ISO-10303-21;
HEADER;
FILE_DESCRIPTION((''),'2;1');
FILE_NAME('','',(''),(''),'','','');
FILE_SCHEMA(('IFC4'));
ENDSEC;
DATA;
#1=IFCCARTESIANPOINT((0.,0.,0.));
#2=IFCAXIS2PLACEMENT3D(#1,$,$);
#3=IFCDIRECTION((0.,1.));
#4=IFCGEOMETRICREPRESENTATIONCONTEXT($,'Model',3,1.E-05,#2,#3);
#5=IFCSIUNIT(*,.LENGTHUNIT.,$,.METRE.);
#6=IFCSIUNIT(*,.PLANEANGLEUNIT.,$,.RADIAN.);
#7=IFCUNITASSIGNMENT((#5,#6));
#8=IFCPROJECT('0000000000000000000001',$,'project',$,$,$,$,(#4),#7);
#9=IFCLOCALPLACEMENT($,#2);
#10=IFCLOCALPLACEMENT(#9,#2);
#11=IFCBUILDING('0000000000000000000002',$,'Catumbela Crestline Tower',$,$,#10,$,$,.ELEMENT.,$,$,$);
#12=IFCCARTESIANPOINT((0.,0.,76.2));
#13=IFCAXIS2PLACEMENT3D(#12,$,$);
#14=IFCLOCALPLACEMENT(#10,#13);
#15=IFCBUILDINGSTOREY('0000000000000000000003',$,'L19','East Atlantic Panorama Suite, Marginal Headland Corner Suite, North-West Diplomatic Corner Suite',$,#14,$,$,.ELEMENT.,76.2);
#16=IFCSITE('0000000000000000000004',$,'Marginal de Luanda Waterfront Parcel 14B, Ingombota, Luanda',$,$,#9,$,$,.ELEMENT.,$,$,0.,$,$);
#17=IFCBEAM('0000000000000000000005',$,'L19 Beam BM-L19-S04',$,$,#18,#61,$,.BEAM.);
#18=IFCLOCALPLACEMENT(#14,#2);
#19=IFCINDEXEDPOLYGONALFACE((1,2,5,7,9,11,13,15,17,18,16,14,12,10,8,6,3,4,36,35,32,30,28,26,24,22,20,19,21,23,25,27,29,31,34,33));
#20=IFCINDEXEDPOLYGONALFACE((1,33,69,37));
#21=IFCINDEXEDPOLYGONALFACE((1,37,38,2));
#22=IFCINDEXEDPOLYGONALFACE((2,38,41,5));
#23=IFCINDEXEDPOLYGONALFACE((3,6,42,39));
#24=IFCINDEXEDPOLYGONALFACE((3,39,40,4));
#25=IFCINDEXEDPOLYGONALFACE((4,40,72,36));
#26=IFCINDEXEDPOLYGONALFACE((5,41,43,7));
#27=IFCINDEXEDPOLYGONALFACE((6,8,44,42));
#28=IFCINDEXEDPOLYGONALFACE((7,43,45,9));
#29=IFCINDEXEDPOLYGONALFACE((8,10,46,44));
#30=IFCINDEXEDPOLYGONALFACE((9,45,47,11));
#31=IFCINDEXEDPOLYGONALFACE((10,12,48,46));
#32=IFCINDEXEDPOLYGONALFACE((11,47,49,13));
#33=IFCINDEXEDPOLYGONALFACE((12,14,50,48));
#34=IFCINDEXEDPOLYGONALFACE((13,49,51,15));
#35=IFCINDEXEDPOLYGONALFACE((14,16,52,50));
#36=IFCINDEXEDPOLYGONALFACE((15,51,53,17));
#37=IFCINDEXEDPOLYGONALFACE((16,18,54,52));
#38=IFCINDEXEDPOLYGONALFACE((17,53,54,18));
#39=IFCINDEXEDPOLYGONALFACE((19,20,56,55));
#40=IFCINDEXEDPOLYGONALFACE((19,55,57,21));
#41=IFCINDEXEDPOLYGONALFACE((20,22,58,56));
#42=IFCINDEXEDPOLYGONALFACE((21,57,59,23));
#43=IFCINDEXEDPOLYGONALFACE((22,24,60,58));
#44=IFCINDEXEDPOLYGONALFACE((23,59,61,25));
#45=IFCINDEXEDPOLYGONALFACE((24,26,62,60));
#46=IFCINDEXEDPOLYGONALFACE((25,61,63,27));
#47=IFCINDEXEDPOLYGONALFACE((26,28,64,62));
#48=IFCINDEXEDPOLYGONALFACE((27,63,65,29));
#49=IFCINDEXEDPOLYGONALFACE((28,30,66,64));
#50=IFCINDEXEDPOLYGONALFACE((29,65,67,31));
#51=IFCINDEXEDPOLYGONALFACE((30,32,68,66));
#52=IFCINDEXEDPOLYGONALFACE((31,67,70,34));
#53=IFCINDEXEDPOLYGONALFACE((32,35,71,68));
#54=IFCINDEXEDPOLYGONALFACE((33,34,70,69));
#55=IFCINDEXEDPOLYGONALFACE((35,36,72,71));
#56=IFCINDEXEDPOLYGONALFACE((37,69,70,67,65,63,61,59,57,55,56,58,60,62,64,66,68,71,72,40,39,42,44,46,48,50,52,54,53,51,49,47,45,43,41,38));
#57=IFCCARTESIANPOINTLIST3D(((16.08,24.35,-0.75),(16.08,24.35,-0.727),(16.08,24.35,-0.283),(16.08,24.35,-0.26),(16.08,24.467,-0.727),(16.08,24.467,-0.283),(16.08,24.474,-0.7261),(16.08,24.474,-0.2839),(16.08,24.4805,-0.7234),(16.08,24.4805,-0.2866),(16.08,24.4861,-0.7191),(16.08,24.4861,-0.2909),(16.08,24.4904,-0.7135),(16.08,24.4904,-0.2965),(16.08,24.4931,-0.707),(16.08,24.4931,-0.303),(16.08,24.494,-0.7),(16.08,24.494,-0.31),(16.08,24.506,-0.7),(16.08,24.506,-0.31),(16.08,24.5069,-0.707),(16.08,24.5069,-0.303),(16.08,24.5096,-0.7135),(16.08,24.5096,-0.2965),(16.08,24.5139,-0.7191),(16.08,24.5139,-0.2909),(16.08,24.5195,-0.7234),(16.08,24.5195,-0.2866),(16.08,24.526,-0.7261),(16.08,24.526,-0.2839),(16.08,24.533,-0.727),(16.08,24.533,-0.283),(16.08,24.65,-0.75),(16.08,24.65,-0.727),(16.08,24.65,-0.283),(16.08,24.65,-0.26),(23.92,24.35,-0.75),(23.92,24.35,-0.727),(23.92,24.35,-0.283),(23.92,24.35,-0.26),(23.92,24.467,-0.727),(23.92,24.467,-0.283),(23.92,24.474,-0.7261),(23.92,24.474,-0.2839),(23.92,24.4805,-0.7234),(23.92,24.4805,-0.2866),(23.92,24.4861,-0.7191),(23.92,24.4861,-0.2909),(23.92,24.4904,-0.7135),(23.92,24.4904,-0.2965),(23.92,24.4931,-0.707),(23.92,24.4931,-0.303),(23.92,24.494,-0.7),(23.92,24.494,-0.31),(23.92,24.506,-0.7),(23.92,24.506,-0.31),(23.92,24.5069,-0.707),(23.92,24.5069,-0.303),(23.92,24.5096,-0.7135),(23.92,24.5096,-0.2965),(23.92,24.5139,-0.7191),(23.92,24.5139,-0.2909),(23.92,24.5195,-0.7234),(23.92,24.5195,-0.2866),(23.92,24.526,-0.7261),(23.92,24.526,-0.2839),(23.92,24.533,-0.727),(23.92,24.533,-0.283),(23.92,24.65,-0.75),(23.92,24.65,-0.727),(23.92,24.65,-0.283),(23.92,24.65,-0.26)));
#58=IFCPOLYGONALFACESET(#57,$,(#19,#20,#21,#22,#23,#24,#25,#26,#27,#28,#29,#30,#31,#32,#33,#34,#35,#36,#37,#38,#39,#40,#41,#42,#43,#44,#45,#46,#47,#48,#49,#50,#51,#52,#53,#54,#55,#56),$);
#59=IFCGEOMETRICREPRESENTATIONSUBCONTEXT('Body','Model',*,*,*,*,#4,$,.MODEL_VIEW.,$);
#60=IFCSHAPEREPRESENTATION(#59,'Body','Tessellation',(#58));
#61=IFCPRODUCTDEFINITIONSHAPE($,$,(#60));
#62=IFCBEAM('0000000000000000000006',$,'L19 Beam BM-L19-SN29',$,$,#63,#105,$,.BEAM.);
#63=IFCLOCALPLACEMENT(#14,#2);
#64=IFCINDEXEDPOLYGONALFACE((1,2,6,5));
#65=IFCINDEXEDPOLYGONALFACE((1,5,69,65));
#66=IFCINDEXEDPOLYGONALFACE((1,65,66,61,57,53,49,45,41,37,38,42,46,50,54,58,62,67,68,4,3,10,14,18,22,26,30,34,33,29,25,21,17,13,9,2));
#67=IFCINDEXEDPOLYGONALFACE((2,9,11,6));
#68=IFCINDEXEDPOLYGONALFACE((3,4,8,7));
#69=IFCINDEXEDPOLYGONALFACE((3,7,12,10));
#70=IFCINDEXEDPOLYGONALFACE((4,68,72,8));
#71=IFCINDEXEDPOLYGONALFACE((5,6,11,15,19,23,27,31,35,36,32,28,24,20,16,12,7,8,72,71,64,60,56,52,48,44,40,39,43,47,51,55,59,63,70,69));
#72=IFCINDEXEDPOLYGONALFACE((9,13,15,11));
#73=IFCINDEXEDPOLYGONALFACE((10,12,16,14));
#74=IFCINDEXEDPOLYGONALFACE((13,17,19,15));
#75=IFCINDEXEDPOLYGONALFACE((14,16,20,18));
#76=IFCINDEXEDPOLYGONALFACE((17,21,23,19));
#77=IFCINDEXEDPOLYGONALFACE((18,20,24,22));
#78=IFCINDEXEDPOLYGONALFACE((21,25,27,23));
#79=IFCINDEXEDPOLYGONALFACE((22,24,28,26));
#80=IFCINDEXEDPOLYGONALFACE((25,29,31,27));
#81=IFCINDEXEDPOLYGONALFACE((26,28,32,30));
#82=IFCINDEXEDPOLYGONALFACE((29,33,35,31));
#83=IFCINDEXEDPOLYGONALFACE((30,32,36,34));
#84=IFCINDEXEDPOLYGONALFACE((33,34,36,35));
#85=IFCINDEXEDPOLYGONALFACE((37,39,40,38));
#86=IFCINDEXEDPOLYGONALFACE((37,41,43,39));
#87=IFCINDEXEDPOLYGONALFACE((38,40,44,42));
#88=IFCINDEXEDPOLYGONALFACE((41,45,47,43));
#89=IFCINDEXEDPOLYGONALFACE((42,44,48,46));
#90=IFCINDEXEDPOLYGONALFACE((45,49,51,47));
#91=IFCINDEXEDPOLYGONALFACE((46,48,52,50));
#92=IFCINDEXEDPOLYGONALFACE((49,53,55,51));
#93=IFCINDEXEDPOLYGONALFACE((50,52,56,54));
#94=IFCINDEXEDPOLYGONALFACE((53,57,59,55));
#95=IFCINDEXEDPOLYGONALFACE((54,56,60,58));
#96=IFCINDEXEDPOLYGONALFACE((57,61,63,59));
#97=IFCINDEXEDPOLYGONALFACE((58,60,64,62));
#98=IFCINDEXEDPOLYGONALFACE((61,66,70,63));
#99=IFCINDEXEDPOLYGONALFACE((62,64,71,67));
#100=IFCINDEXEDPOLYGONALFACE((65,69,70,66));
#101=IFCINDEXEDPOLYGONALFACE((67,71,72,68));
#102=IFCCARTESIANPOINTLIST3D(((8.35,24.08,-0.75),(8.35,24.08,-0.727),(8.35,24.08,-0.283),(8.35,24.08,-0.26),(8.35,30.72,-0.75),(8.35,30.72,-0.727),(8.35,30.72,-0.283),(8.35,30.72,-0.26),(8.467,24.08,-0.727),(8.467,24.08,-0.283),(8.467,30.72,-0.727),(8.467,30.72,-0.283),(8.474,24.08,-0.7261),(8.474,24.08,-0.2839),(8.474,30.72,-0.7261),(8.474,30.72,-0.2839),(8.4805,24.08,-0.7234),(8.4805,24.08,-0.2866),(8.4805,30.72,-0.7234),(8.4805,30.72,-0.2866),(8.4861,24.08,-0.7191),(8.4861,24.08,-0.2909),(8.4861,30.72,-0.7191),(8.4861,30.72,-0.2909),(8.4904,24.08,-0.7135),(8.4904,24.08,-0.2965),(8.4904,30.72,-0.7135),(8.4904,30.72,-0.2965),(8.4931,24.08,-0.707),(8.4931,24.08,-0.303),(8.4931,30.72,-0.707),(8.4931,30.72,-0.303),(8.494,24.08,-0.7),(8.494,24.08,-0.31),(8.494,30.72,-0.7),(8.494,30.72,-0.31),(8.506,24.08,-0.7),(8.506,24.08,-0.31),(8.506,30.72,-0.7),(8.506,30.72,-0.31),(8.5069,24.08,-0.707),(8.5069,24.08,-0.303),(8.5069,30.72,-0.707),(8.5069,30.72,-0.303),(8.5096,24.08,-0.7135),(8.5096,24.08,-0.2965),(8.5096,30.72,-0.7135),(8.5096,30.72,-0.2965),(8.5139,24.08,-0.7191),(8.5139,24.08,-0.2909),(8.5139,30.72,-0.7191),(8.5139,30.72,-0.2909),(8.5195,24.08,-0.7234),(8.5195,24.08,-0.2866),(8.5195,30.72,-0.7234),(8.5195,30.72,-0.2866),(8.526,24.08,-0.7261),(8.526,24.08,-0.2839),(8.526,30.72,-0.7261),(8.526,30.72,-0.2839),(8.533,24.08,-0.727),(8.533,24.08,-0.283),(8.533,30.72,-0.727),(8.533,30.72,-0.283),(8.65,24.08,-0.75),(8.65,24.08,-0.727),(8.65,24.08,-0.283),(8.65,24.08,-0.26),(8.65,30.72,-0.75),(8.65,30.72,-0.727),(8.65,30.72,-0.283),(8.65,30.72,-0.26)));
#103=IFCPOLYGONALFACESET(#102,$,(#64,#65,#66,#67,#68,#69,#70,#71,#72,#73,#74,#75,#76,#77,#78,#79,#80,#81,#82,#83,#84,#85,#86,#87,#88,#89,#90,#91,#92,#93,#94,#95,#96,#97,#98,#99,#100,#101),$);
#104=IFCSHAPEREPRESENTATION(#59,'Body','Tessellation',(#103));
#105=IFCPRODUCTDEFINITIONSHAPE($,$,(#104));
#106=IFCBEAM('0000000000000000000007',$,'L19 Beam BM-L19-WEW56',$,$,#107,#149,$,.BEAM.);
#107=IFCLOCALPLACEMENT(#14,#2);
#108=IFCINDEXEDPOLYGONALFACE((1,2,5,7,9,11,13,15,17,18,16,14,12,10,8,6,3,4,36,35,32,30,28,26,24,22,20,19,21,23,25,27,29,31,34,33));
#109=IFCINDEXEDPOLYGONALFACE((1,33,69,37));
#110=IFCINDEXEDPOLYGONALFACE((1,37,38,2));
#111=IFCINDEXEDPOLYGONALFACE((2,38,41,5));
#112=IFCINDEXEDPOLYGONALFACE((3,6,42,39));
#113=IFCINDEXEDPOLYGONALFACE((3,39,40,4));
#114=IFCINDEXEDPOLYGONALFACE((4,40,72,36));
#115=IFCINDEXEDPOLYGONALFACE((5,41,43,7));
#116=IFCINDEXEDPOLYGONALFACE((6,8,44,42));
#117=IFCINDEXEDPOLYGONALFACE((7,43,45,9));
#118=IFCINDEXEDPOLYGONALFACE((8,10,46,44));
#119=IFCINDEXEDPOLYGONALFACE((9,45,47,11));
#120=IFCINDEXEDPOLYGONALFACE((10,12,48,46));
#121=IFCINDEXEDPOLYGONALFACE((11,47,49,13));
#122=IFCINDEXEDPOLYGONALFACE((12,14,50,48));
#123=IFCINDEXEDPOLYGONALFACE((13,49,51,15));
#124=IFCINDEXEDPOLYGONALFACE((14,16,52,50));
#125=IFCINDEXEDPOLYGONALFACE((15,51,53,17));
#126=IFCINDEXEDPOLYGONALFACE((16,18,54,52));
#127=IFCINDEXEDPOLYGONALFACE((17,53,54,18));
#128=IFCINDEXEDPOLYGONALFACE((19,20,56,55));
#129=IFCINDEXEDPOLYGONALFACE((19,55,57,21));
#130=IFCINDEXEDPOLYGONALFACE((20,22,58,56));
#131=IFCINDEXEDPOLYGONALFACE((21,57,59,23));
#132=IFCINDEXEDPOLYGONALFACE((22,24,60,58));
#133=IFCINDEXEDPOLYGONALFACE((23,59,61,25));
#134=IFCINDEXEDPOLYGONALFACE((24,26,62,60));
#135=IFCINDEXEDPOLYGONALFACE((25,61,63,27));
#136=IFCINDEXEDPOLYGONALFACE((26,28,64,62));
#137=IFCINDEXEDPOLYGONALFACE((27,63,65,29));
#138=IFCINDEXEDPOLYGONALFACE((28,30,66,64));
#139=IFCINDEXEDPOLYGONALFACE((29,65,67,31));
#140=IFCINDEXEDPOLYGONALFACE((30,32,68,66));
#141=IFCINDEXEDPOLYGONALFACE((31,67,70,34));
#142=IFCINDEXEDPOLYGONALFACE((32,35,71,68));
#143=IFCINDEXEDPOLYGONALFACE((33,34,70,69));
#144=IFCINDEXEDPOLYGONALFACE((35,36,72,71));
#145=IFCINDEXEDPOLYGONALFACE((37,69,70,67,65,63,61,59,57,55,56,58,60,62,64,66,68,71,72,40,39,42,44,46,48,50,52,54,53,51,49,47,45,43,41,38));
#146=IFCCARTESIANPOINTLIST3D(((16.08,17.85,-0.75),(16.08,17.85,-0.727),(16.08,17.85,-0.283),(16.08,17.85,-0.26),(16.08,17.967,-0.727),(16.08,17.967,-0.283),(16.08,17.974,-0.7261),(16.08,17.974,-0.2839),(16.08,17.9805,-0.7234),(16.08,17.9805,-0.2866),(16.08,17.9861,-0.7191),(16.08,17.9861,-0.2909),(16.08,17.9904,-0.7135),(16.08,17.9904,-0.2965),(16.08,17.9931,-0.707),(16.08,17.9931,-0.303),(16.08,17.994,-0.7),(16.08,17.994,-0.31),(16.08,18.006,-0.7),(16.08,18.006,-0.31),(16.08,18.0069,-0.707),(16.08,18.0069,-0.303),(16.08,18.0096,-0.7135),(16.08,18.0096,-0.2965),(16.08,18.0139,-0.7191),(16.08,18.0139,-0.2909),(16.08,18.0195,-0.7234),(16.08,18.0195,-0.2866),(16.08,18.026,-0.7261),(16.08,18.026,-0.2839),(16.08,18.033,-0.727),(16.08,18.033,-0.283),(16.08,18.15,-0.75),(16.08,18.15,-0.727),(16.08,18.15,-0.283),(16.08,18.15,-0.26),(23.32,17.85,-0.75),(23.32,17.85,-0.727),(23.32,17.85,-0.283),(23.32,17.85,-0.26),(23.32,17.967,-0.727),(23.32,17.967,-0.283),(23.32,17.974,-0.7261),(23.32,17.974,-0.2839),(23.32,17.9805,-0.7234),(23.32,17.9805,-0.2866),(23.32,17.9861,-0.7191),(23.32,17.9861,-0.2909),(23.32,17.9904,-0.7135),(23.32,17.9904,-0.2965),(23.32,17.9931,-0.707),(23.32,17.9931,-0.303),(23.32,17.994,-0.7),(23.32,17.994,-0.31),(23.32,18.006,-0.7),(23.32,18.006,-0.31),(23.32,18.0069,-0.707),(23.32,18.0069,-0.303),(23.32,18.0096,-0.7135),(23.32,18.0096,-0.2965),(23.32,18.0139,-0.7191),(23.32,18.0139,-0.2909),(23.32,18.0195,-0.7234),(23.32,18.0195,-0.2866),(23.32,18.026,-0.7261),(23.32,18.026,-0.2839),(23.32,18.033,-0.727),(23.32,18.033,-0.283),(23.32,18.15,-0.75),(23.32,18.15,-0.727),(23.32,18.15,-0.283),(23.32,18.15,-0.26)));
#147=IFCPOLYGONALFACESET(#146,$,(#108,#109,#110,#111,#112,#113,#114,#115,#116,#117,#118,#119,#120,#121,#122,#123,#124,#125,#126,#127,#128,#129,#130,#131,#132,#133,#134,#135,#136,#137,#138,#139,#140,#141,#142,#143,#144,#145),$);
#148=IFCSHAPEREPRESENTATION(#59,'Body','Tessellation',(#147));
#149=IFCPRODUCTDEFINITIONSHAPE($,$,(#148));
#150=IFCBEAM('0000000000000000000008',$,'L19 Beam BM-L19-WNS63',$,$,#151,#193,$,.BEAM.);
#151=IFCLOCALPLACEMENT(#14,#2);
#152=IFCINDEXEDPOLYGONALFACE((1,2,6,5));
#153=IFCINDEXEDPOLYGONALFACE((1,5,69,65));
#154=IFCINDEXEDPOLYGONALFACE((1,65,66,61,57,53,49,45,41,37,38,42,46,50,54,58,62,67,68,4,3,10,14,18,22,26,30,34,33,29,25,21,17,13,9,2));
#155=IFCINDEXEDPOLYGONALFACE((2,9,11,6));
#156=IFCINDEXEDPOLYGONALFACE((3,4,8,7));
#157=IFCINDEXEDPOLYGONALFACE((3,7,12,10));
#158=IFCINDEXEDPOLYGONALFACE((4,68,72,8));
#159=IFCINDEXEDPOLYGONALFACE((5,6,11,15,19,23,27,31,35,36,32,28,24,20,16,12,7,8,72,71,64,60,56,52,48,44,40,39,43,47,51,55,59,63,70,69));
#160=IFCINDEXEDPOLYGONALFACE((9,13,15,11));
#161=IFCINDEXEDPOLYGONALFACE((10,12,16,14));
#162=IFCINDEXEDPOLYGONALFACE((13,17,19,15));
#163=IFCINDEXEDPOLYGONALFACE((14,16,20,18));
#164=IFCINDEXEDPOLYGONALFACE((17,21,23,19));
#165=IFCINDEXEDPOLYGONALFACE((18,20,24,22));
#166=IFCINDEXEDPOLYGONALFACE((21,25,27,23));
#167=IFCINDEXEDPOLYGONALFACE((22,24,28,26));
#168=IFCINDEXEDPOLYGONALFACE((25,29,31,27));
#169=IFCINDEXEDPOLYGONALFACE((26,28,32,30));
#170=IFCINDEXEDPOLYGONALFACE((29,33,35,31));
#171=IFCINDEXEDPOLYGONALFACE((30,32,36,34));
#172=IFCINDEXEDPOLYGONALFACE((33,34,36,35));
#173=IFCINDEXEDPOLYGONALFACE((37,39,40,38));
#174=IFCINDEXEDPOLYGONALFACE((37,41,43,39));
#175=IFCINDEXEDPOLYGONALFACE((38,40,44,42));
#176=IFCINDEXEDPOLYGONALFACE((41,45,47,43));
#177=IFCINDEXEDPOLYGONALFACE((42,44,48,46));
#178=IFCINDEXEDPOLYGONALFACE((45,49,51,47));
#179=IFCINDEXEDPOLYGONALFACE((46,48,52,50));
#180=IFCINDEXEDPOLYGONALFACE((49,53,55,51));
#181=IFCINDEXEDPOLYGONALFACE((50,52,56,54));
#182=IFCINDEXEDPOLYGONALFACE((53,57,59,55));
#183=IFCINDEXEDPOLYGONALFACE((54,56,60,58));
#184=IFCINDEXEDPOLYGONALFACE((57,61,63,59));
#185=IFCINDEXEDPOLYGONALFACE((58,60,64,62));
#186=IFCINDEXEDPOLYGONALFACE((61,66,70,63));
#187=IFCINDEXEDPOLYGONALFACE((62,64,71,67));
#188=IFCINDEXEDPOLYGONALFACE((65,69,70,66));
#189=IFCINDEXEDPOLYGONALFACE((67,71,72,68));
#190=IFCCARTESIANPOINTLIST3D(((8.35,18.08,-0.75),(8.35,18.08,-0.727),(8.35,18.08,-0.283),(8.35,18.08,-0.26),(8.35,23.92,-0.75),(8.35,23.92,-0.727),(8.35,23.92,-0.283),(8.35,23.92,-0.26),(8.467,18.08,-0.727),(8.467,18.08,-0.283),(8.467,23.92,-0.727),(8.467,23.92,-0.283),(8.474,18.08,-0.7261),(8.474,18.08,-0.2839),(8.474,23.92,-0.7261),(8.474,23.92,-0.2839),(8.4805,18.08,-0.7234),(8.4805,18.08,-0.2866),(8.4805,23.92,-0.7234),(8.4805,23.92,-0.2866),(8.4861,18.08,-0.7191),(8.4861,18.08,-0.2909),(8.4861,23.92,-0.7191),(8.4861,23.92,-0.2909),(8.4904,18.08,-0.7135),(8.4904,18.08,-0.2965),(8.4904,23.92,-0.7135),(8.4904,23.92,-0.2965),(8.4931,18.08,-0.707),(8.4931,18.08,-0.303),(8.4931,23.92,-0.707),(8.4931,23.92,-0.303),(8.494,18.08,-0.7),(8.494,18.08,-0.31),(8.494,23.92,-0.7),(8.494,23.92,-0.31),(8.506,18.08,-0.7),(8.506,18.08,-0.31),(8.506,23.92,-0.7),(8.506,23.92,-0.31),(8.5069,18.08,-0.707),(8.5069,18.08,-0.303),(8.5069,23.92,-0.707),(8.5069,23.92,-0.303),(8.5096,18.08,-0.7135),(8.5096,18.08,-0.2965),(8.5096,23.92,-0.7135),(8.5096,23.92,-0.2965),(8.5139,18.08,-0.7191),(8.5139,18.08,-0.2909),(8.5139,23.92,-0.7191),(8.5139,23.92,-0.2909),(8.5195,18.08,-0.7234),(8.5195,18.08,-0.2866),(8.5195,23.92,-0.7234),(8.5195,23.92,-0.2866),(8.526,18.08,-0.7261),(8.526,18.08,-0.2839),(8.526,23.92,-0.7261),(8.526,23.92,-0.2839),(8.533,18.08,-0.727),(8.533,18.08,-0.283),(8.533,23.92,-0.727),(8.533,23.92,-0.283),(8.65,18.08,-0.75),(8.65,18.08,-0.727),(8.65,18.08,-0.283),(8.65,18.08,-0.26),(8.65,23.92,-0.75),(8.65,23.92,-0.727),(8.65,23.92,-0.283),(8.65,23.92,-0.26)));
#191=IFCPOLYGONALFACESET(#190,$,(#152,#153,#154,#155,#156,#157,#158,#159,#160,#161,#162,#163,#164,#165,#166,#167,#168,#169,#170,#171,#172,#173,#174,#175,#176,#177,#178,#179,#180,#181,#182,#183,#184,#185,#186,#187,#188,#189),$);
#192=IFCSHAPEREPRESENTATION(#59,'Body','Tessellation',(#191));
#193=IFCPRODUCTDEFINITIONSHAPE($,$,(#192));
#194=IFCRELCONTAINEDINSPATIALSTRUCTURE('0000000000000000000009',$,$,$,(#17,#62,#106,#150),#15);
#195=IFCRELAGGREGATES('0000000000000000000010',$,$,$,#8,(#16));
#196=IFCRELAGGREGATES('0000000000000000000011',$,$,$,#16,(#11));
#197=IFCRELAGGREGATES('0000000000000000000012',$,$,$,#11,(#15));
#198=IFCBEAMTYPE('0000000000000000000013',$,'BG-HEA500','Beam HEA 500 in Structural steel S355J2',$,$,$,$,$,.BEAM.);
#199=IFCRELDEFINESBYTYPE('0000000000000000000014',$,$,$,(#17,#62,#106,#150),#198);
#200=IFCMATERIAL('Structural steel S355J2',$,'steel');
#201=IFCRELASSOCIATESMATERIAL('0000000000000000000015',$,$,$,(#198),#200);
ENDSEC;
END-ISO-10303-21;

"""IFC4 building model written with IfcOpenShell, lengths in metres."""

from ifc_helpers import new_model, si_unit, direction, frame, origin, origin_2d, place, context, subcontext, project, spatial, i_section, extrude, material, material_profile, profile_set, type_object, element, save


model = new_model("IFC4")

# Units and contexts
model_context = context("Model", 3, precision=1e-05, world=origin(), true_north=direction((0.0, 1.0)))
body_context = subcontext(model_context, "Body", "Model", "MODEL_VIEW")
ifc_project = project(units=[si_unit("LENGTHUNIT", "METRE"), si_unit("PLANEANGLEUNIT", "RADIAN")], contexts=[model_context])

# Site, building, storey
site_placement = place(None, origin())
site = spatial("IfcSite", under=ifc_project, at=site_placement, Name="Marginal de Luanda Waterfront Parcel 14B, Ingombota, Luanda", CompositionType="ELEMENT", RefElevation=0.0)
building_placement = place(site_placement, origin())
building = spatial("IfcBuilding", under=site, at=building_placement, Name="Catumbela Crestline Tower", CompositionType="ELEMENT")
storey_placement = place(building_placement, frame((0.0, 0.0, 76.2)))
storey = spatial("IfcBuildingStorey", under=building, at=storey_placement, Name="L19", Description="East Atlantic Panorama Suite, Marginal Headland Corner Suite, North-West Diplomatic Corner Suite", CompositionType="ELEMENT", Elevation=76.2)

# Beams
ifc_material_1 = material(Name="Structural steel S355J2", Category="steel")
ifc_material_profile_1 = material_profile(ifc_material_1, i_section(OverallWidth=0.3, OverallDepth=0.49, WebThickness=0.012, FlangeThickness=0.023, FilletRadius=0.027, at=origin_2d()), Name="HEA 500")
ifc_profile_set_1 = profile_set([ifc_material_profile_1], Name="Structural steel S355J2")
beam_type = type_object("IfcBeamType", Name="BG-HEA500", Description="Beam HEA 500 in Structural steel S355J2", PredefinedType="BEAM", material=ifc_profile_set_1)
beam_1_placement = place(storey_placement, frame((16.08, 24.5, -0.505), z_axis=(1.0, 0.0, 0.0), x_axis=(0.0, 1.0, 0.0)))
element("IfcBeam", 1, at=beam_1_placement, inside=storey, type_object=beam_type, Name="L19 Beam BM-L19-S04", PredefinedType="BEAM", context=body_context, shape_type="SweptSolid", body=[
    extrude(i_section(OverallWidth=0.3, OverallDepth=0.49, WebThickness=0.012, FlangeThickness=0.023, FilletRadius=0.027, at=origin_2d()), origin(), (0.0, 0.0, 1.0), 7.84),
])
beam_2_placement = place(storey_placement, frame((8.5, 24.08, -0.505), z_axis=(0.0, 1.0, 0.0), x_axis=(-1.0, 0.0, 0.0)))
element("IfcBeam", 2, at=beam_2_placement, inside=storey, type_object=beam_type, Name="L19 Beam BM-L19-SN29", PredefinedType="BEAM", context=body_context, shape_type="SweptSolid", body=[
    extrude(i_section(OverallWidth=0.3, OverallDepth=0.49, WebThickness=0.012, FlangeThickness=0.023, FilletRadius=0.027, at=origin_2d()), origin(), (0.0, 0.0, 1.0), 6.64),
])
beam_3_placement = place(storey_placement, frame((16.08, 18.0, -0.505), z_axis=(1.0, 0.0, 0.0), x_axis=(0.0, 1.0, 0.0)))
element("IfcBeam", 3, at=beam_3_placement, inside=storey, type_object=beam_type, Name="L19 Beam BM-L19-WEW56", PredefinedType="BEAM", context=body_context, shape_type="SweptSolid", body=[
    extrude(i_section(OverallWidth=0.3, OverallDepth=0.49, WebThickness=0.012, FlangeThickness=0.023, FilletRadius=0.027, at=origin_2d()), origin(), (0.0, 0.0, 1.0), 7.24),
])
beam_4_placement = place(storey_placement, frame((8.5, 18.08, -0.505), z_axis=(0.0, 1.0, 0.0), x_axis=(-1.0, 0.0, 0.0)))
element("IfcBeam", 4, at=beam_4_placement, inside=storey, type_object=beam_type, Name="L19 Beam BM-L19-WNS63", PredefinedType="BEAM", context=body_context, shape_type="SweptSolid", body=[
    extrude(i_section(OverallWidth=0.3, OverallDepth=0.49, WebThickness=0.012, FlangeThickness=0.023, FilletRadius=0.027, at=origin_2d()), origin(), (0.0, 0.0, 1.0), 5.84),
])

save(model, "model.ifc")
